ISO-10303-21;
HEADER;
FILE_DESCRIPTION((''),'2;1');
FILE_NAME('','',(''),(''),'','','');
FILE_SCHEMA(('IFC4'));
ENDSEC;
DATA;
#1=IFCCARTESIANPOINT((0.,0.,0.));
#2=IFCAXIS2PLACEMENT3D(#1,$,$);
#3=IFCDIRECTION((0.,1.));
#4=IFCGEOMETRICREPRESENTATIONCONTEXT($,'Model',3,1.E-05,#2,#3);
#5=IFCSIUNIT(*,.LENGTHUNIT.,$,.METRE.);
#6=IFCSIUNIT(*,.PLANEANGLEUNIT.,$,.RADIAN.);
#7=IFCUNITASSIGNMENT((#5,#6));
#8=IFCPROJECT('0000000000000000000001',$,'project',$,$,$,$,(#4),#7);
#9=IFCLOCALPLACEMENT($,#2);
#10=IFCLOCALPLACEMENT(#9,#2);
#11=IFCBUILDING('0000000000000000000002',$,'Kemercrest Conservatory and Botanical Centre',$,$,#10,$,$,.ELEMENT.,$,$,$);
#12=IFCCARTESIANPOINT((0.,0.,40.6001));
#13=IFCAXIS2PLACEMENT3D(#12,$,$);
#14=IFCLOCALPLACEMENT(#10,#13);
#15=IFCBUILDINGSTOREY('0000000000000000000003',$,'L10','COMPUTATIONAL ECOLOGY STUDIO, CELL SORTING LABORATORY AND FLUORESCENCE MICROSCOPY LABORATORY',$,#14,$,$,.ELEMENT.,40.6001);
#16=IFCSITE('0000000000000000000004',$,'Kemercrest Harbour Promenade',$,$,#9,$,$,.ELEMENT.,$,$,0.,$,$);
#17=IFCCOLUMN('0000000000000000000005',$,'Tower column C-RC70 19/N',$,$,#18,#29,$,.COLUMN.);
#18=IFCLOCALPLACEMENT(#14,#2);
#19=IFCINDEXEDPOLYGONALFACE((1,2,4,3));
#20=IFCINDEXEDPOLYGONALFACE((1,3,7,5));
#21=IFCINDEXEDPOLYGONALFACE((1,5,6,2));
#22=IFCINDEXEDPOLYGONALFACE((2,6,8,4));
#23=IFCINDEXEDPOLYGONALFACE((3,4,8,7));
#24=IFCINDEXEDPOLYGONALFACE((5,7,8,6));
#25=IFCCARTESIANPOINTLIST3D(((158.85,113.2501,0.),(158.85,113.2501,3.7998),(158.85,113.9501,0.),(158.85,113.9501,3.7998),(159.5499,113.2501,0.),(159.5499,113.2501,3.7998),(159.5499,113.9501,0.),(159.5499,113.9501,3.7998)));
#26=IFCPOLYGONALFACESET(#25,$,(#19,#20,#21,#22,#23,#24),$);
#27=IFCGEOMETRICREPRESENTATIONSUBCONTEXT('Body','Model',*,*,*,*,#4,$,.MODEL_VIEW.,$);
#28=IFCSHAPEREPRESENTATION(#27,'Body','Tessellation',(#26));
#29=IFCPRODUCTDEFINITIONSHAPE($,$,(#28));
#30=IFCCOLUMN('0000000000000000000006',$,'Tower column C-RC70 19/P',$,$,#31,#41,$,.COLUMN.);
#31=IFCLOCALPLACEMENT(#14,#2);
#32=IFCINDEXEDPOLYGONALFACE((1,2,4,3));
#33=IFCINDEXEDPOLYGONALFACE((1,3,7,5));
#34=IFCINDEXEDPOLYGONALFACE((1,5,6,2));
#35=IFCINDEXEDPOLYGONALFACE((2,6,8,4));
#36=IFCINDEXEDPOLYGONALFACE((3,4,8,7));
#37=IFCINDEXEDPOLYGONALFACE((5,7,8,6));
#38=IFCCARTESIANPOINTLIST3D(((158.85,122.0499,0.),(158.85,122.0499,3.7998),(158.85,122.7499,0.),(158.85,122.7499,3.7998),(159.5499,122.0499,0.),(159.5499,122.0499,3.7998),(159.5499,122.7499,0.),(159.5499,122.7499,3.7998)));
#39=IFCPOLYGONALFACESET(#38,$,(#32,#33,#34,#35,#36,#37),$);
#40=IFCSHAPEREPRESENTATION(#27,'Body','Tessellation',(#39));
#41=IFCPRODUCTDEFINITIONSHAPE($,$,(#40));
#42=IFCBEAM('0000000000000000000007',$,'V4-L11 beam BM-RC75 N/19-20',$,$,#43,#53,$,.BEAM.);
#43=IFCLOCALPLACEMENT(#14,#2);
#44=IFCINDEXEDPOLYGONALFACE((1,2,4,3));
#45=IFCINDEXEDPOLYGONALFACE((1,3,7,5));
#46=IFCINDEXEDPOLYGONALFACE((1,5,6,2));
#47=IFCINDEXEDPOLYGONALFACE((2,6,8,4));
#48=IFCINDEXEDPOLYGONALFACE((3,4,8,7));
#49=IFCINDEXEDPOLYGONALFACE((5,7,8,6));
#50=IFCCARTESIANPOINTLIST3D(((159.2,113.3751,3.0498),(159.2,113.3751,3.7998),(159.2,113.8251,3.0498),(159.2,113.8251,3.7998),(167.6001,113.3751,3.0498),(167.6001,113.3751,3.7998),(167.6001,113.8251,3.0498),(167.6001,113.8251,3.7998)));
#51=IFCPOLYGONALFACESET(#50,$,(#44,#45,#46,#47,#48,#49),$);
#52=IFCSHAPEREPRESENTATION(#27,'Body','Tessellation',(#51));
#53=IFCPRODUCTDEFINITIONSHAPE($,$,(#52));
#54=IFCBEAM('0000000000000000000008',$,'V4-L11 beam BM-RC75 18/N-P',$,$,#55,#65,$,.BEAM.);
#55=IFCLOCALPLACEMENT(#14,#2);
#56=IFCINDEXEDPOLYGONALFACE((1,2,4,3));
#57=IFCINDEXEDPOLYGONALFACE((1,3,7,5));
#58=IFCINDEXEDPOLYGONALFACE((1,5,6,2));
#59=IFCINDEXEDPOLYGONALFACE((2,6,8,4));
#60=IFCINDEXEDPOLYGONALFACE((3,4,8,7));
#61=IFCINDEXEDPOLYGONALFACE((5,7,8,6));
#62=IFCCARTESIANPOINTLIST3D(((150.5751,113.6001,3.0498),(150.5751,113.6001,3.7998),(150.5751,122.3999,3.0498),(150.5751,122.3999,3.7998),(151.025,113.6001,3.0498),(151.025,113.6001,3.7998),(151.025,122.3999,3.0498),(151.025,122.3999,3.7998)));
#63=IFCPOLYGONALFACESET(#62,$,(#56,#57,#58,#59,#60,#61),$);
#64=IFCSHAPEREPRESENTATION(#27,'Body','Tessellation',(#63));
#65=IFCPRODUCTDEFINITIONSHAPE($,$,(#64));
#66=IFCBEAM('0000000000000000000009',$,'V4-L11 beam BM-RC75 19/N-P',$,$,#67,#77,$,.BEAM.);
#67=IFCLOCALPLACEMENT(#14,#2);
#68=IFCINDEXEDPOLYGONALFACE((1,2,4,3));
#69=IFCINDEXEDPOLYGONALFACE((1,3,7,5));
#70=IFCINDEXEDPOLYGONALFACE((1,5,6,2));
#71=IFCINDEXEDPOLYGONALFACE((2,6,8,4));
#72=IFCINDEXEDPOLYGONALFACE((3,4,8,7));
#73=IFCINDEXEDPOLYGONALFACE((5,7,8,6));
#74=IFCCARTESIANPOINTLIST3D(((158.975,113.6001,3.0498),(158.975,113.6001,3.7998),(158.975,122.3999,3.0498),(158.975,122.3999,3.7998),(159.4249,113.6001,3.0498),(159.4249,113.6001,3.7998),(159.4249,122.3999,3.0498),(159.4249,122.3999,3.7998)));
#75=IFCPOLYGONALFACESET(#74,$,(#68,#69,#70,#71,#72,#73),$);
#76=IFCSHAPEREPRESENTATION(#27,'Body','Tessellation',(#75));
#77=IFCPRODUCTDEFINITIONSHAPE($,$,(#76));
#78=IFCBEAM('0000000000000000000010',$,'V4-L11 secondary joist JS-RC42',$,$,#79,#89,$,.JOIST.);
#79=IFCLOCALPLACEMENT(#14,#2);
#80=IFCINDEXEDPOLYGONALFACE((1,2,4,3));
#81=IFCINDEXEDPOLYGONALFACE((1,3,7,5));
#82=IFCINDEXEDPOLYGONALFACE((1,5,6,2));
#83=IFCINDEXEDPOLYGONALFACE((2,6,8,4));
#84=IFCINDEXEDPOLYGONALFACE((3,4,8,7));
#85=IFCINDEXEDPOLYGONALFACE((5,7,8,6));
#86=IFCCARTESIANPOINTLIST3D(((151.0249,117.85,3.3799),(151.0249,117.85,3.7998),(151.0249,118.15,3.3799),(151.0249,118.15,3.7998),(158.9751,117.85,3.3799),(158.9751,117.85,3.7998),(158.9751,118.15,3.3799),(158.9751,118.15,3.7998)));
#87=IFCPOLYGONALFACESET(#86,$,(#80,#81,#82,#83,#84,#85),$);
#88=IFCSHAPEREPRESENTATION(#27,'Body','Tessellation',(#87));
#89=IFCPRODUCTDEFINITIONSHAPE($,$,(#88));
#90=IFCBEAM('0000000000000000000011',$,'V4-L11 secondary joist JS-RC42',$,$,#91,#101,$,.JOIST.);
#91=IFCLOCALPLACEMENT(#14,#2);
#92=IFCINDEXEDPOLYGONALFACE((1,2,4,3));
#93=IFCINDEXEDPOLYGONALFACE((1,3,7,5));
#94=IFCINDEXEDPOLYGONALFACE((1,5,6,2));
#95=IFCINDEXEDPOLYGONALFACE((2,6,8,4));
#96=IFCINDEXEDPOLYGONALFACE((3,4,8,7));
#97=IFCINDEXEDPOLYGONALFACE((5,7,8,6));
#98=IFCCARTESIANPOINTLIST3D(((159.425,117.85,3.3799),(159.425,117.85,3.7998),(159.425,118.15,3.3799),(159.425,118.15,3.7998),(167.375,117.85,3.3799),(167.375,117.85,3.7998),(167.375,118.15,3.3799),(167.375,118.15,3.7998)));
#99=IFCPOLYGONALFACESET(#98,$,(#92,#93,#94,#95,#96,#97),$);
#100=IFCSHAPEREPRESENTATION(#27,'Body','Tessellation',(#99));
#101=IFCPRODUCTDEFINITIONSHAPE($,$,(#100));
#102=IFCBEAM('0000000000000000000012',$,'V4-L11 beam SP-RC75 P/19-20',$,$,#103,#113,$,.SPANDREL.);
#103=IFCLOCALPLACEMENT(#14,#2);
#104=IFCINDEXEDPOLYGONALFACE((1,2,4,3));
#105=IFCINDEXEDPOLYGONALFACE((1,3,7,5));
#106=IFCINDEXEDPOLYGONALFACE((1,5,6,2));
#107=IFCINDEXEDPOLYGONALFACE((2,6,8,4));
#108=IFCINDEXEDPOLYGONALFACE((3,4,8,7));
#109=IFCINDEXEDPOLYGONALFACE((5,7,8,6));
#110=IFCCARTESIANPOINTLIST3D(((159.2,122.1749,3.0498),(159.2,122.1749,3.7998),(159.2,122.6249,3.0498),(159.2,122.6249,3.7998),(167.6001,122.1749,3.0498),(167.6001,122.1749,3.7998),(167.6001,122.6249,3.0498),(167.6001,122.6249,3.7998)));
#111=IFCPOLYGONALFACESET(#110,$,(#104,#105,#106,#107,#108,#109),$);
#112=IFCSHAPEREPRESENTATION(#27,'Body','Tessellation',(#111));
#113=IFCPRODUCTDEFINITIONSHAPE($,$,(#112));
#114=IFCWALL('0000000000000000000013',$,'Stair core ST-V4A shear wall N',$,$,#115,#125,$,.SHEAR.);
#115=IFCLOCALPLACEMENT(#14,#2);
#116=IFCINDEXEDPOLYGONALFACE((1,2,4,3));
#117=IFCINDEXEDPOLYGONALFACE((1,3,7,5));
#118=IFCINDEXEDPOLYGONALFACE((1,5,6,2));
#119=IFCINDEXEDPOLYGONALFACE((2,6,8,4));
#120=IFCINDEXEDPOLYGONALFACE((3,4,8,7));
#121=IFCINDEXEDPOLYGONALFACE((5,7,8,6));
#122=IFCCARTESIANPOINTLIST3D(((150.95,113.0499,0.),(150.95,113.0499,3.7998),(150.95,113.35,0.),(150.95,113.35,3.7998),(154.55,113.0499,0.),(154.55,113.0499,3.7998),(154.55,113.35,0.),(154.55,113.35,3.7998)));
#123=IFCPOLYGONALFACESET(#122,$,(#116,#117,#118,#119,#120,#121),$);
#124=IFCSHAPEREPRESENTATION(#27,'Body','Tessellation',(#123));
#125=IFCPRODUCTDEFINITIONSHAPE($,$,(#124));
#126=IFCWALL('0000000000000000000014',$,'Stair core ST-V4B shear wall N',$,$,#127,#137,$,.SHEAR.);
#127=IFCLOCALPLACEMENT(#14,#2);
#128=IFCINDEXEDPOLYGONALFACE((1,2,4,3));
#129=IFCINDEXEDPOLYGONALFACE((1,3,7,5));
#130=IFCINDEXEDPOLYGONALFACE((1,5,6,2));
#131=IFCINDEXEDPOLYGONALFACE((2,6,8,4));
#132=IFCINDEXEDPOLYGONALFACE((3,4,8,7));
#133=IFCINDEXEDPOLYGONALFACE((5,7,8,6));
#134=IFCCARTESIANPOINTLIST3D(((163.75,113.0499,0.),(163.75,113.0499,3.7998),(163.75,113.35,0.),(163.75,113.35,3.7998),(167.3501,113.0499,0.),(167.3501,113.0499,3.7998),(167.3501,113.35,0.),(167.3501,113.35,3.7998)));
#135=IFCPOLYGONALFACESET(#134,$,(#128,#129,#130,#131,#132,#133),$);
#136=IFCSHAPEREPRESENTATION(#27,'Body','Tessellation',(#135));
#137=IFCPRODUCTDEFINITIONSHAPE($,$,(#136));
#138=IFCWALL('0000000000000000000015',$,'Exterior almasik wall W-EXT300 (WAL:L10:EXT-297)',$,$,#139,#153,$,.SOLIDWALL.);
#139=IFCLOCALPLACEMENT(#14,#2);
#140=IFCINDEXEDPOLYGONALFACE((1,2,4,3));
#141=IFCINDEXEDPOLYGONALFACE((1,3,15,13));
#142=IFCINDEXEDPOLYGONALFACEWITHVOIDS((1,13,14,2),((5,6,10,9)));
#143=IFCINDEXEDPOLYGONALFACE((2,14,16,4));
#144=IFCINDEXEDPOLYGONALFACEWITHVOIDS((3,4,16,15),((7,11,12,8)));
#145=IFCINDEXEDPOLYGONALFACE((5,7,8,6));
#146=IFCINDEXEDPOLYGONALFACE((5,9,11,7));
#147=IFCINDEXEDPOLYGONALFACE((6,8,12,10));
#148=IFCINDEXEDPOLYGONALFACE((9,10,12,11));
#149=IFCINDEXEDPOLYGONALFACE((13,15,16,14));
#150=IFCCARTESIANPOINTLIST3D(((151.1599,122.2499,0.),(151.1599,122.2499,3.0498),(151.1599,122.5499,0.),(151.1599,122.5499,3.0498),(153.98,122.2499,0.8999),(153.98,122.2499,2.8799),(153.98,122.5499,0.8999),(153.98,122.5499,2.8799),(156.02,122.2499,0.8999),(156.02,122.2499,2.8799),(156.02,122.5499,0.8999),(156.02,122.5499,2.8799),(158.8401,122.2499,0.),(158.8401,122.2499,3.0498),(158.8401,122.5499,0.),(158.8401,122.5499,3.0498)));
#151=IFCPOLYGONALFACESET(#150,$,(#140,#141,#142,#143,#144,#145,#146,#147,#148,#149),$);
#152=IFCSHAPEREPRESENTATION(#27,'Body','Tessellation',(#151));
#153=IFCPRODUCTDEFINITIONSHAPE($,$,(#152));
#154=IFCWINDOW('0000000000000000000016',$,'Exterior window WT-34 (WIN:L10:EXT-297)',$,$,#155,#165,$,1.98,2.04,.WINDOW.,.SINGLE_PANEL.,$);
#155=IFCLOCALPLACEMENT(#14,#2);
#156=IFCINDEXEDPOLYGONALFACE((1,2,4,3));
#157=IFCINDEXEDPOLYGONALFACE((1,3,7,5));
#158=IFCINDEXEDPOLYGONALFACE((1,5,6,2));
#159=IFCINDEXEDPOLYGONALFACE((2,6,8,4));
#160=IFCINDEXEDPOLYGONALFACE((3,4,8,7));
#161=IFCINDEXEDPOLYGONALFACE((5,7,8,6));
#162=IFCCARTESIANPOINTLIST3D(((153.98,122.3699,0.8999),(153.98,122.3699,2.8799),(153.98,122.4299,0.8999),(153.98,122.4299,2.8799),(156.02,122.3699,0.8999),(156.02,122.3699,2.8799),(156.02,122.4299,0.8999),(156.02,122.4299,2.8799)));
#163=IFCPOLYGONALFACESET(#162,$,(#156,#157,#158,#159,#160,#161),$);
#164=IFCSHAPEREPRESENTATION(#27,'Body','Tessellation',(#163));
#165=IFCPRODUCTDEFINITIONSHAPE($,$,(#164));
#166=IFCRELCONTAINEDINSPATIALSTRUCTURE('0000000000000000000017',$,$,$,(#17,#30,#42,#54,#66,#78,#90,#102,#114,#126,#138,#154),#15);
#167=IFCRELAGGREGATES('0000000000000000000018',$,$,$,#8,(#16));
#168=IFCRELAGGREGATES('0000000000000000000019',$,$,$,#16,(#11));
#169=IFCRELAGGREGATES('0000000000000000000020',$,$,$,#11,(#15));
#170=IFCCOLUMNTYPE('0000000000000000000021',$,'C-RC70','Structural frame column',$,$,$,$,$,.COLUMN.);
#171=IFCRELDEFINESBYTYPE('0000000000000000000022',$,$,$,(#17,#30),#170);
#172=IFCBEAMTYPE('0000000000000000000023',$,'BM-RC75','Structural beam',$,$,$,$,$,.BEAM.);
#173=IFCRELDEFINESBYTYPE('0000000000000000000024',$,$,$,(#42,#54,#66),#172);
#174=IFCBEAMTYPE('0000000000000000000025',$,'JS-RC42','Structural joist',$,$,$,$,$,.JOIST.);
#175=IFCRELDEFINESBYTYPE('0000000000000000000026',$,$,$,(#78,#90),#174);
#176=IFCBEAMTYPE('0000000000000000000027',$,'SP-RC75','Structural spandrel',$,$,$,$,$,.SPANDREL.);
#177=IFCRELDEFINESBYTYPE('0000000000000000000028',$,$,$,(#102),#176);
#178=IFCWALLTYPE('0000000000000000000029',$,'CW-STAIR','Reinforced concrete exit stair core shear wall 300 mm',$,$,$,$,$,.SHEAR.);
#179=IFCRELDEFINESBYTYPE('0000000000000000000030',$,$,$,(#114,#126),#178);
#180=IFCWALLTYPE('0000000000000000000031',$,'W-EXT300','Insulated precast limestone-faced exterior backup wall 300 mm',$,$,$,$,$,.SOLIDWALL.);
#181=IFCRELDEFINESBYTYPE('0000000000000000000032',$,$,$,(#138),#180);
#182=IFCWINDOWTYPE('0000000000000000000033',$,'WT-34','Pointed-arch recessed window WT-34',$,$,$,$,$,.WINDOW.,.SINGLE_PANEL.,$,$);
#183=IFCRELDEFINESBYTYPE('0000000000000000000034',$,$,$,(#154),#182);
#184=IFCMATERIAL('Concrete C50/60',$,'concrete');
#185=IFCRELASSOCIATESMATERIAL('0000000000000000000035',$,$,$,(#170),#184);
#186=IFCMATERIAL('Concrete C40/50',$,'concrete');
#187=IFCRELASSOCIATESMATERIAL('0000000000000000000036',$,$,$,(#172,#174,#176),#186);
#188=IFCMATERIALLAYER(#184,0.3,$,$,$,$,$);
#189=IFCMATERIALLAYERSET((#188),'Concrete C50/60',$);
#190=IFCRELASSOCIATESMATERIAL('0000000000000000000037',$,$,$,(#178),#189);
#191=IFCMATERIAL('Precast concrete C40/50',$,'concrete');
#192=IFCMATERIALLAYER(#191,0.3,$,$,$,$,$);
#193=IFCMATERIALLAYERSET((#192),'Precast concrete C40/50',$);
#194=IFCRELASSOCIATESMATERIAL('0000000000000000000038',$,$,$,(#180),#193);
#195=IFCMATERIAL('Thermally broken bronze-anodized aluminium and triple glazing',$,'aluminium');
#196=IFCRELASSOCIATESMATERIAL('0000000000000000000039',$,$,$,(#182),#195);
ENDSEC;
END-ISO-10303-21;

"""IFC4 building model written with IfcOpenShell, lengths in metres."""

from ifc_helpers import new_model, si_unit, direction, frame, frame_2d, origin, origin_2d, place, context, subcontext, project, spatial, rectangle, extrude, material, layer, layer_set, material_profile, profile_set, type_object, element, fill, save


model = new_model("IFC4")

# Units and contexts
model_context = context("Model", 3, precision=1e-05, world=origin(), true_north=direction((0.0, 1.0)))
body_context = subcontext(model_context, "Body", "Model", "MODEL_VIEW")
ifc_project = project(units=[si_unit("LENGTHUNIT", "METRE"), si_unit("PLANEANGLEUNIT", "RADIAN")], contexts=[model_context])

# Site, building, storey
site_placement = place(None, origin())
site = spatial("IfcSite", under=ifc_project, at=site_placement, Name="Kemercrest Harbour Promenade", CompositionType="ELEMENT", RefElevation=0.0)
building_placement = place(site_placement, origin())
building = spatial("IfcBuilding", under=site, at=building_placement, Name="Kemercrest Conservatory and Botanical Centre", CompositionType="ELEMENT")
storey_placement = place(building_placement, frame((0.0, 0.0, 40.6001)))
storey = spatial("IfcBuildingStorey", under=building, at=storey_placement, Name="L10", Description="COMPUTATIONAL ECOLOGY STUDIO, CELL SORTING LABORATORY AND FLUORESCENCE MICROSCOPY LABORATORY", CompositionType="ELEMENT", Elevation=40.6001)

# Columns
ifc_material_1 = material(Name="Concrete C50/60", Category="concrete")
ifc_material_profile_1 = material_profile(ifc_material_1, rectangle(XDim=0.7, YDim=0.7, at=origin_2d()), Name="RC 700x700")
ifc_profile_set_1 = profile_set([ifc_material_profile_1], Name="Concrete C50/60")
column_type = type_object("IfcColumnType", Name="C-RC70", Description="Structural frame column", PredefinedType="COLUMN", material=ifc_profile_set_1)
for number, where, z_axis, x_axis, name in (
    (1, (159.2, 113.6001, 0.0), (0.0, 0.0, 1.0), (1.0, 0.0, 0.0), "Tower column C-RC70 19/N"),
    (2, (159.2, 122.3999, 0.0), (0.0, 0.0, 1.0), (1.0, 0.0, 0.0), "Tower column C-RC70 19/P"),
):
    element("IfcColumn", number, at=place(storey_placement, frame(where, z_axis=z_axis, x_axis=x_axis)), inside=storey, type_object=column_type, Name=name, PredefinedType="COLUMN", context=body_context, shape_type="SweptSolid", body=[
        extrude(rectangle(XDim=0.7, YDim=0.7, at=origin_2d()), origin(), (0.0, 0.0, 1.0), 3.7998),
    ])

# Beams
ifc_material_2 = material(Name="Concrete C40/50", Category="concrete")
ifc_material_profile_2 = material_profile(ifc_material_2, rectangle(XDim=0.45, YDim=0.75, at=origin_2d()), Name="RC 450x750")
ifc_profile_set_2 = profile_set([ifc_material_profile_2], Name="Concrete C40/50")
beam_type_1 = type_object("IfcBeamType", Name="BM-RC75", Description="Structural beam", PredefinedType="BEAM", material=ifc_profile_set_2)
beam_1_placement = place(storey_placement, frame((159.2, 113.6001, 3.4248), z_axis=(1.0, 0.0, 0.0), x_axis=(0.0, 1.0, 0.0)))
element("IfcBeam", 3, at=beam_1_placement, inside=storey, type_object=beam_type_1, Name="V4-L11 beam BM-RC75 N/19-20", PredefinedType="BEAM", context=body_context, shape_type="SweptSolid", body=[
    extrude(rectangle(XDim=0.45, YDim=0.75, at=origin_2d()), origin(), (0.0, 0.0, 1.0), 8.4001),
])
for number, where, z_axis, x_axis, name in (
    (4, (150.8, 113.6001, 3.4248), (0.0, 1.0, 0.0), (-1.0, 0.0, 0.0), "V4-L11 beam BM-RC75 18/N-P"),
    (5, (159.2, 113.6001, 3.4248), (0.0, 1.0, 0.0), (-1.0, 0.0, 0.0), "V4-L11 beam BM-RC75 19/N-P"),
):
    element("IfcBeam", number, at=place(storey_placement, frame(where, z_axis=z_axis, x_axis=x_axis)), inside=storey, type_object=beam_type_1, Name=name, PredefinedType="BEAM", context=body_context, shape_type="SweptSolid", body=[
        extrude(rectangle(XDim=0.45, YDim=0.75, at=origin_2d()), origin(), (0.0, 0.0, 1.0), 8.7998),
    ])
ifc_material_profile_3 = material_profile(ifc_material_2, rectangle(XDim=0.3, YDim=0.4199, at=origin_2d()), Name="RC 300x420")
ifc_profile_set_3 = profile_set([ifc_material_profile_3], Name="Concrete C40/50")
beam_type_2 = type_object("IfcBeamType", Name="JS-RC42", Description="Structural joist", PredefinedType="JOIST", material=ifc_profile_set_3)
beam_2_placement = place(storey_placement, frame((151.0249, 118.0, 3.5898), z_axis=(1.0, 0.0, 0.0), x_axis=(0.0, 1.0, 0.0)))
element("IfcBeam", 6, at=beam_2_placement, inside=storey, type_object=beam_type_2, Name="V4-L11 secondary joist JS-RC42", PredefinedType="JOIST", context=body_context, shape_type="SweptSolid", body=[
    extrude(rectangle(XDim=0.3, YDim=0.4199, at=origin_2d()), origin(), (0.0, 0.0, 1.0), 7.9502),
])
beam_3_placement = place(storey_placement, frame((159.425, 118.0, 3.5898), z_axis=(1.0, 0.0, 0.0), x_axis=(0.0, 1.0, 0.0)))
element("IfcBeam", 7, at=beam_3_placement, inside=storey, type_object=beam_type_2, Name="V4-L11 secondary joist JS-RC42", PredefinedType="JOIST", context=body_context, shape_type="SweptSolid", body=[
    extrude(rectangle(XDim=0.3, YDim=0.4199, at=origin_2d()), origin(), (0.0, 0.0, 1.0), 7.95),
])
ifc_material_profile_4 = material_profile(ifc_material_2, rectangle(XDim=0.45, YDim=0.75, at=origin_2d()), Name="RC 450x750")
ifc_profile_set_4 = profile_set([ifc_material_profile_4], Name="Concrete C40/50")
beam_type_3 = type_object("IfcBeamType", Name="SP-RC75", Description="Structural spandrel", PredefinedType="SPANDREL", material=ifc_profile_set_4)
beam_4_placement = place(storey_placement, frame((159.2, 122.3999, 3.4248), z_axis=(1.0, 0.0, 0.0), x_axis=(0.0, 1.0, 0.0)))
element("IfcBeam", 8, at=beam_4_placement, inside=storey, type_object=beam_type_3, Name="V4-L11 beam SP-RC75 P/19-20", PredefinedType="SPANDREL", context=body_context, shape_type="SweptSolid", body=[
    extrude(rectangle(XDim=0.45, YDim=0.75, at=origin_2d()), origin(), (0.0, 0.0, 1.0), 8.4001),
])

# Walls
ifc_layer_1 = layer(ifc_material_1, 0.3)
ifc_layer_set_1 = layer_set([ifc_layer_1], Name="Concrete C50/60")
wall_type_1 = type_object("IfcWallType", Name="CW-STAIR", Description="Reinforced concrete exit stair core shear wall 300 mm", PredefinedType="SHEAR", material=ifc_layer_set_1)
for number, where, z_axis, x_axis, name in (
    (9, (150.95, 113.2, 0.0), (0.0, 0.0, 1.0), (1.0, 0.0, 0.0), "Stair core ST-V4A shear wall N"),
    (10, (163.75, 113.2, 0.0), (0.0, 0.0, 1.0), (1.0, 0.0, 0.0), "Stair core ST-V4B shear wall N"),
):
    element("IfcWall", number, at=place(storey_placement, frame(where, z_axis=z_axis, x_axis=x_axis)), inside=storey, type_object=wall_type_1, Name=name, PredefinedType="SHEAR", context=body_context, shape_type="SweptSolid", body=[
        extrude(rectangle(XDim=3.6001, YDim=0.3, at=frame_2d((1.8, 0.0))), origin(), (0.0, 0.0, 1.0), 3.7998),
    ])

# Wall, opening, window
ifc_material_3 = material(Name="Precast concrete C40/50", Category="concrete")
ifc_layer_2 = layer(ifc_material_3, 0.3)
ifc_layer_set_2 = layer_set([ifc_layer_2], Name="Precast concrete C40/50")
wall_type_2 = type_object("IfcWallType", Name="W-EXT300", Description="Insulated precast limestone-faced exterior backup wall 300 mm", PredefinedType="SOLIDWALL", material=ifc_layer_set_2)
wall_1_placement = place(storey_placement, frame((158.8401, 122.3999, 0.0), z_axis=(0.0, 0.0, 1.0), x_axis=(-1.0, 0.0, 0.0)))
wall_1 = element("IfcWall", 11, at=wall_1_placement, inside=storey, type_object=wall_type_2, Name="Exterior almasik wall W-EXT300 (WAL:L10:EXT-297)", PredefinedType="SOLIDWALL", context=body_context, shape_type="SweptSolid", body=[
    extrude(rectangle(XDim=7.6802, YDim=0.3, at=frame_2d((3.8401, 0.0))), origin(), (0.0, 0.0, 1.0), 3.0498),
])
opening_1_placement = place(wall_1_placement, frame((2.8201, 0.0, 0.8999)))
opening_1 = element("IfcOpeningElement", 12, at=opening_1_placement, cuts=wall_1, PredefinedType="OPENING", context=body_context, shape_type="SweptSolid", body=[
    extrude(rectangle(XDim=2.04, YDim=1.98, at=frame_2d((1.02, 0.99))), frame((0.0, 0.1602, 0.0), z_axis=(0.0, -1.0, 0.0), x_axis=(1.0, 0.0, 0.0)), (0.0, 0.0, 1.0), 0.3201),
])
ifc_material_4 = material(Name="Thermally broken bronze-anodized aluminium and triple glazing", Category="aluminium")
window_type = type_object("IfcWindowType", Name="WT-34", Description="Pointed-arch recessed window WT-34", PartitioningType="SINGLE_PANEL", PredefinedType="WINDOW", material=ifc_material_4)
window_placement = place(opening_1_placement, origin())
window = element("IfcWindow", 13, at=window_placement, inside=storey, type_object=window_type, Name="Exterior window WT-34 (WIN:L10:EXT-297)", OverallHeight=1.98, OverallWidth=2.04, PartitioningType="SINGLE_PANEL", PredefinedType="WINDOW", context=body_context, shape_type="SweptSolid", body=[
    extrude(rectangle(XDim=2.04, YDim=1.98, at=frame_2d((1.02, 0.99))), frame((0.0, 0.03, 0.0), z_axis=(0.0, -1.0, 0.0), x_axis=(1.0, 0.0, 0.0)), (0.0, 0.0, 1.0), 0.0601),
])
fill(opening_1, window)

save(model, "model.ifc")
